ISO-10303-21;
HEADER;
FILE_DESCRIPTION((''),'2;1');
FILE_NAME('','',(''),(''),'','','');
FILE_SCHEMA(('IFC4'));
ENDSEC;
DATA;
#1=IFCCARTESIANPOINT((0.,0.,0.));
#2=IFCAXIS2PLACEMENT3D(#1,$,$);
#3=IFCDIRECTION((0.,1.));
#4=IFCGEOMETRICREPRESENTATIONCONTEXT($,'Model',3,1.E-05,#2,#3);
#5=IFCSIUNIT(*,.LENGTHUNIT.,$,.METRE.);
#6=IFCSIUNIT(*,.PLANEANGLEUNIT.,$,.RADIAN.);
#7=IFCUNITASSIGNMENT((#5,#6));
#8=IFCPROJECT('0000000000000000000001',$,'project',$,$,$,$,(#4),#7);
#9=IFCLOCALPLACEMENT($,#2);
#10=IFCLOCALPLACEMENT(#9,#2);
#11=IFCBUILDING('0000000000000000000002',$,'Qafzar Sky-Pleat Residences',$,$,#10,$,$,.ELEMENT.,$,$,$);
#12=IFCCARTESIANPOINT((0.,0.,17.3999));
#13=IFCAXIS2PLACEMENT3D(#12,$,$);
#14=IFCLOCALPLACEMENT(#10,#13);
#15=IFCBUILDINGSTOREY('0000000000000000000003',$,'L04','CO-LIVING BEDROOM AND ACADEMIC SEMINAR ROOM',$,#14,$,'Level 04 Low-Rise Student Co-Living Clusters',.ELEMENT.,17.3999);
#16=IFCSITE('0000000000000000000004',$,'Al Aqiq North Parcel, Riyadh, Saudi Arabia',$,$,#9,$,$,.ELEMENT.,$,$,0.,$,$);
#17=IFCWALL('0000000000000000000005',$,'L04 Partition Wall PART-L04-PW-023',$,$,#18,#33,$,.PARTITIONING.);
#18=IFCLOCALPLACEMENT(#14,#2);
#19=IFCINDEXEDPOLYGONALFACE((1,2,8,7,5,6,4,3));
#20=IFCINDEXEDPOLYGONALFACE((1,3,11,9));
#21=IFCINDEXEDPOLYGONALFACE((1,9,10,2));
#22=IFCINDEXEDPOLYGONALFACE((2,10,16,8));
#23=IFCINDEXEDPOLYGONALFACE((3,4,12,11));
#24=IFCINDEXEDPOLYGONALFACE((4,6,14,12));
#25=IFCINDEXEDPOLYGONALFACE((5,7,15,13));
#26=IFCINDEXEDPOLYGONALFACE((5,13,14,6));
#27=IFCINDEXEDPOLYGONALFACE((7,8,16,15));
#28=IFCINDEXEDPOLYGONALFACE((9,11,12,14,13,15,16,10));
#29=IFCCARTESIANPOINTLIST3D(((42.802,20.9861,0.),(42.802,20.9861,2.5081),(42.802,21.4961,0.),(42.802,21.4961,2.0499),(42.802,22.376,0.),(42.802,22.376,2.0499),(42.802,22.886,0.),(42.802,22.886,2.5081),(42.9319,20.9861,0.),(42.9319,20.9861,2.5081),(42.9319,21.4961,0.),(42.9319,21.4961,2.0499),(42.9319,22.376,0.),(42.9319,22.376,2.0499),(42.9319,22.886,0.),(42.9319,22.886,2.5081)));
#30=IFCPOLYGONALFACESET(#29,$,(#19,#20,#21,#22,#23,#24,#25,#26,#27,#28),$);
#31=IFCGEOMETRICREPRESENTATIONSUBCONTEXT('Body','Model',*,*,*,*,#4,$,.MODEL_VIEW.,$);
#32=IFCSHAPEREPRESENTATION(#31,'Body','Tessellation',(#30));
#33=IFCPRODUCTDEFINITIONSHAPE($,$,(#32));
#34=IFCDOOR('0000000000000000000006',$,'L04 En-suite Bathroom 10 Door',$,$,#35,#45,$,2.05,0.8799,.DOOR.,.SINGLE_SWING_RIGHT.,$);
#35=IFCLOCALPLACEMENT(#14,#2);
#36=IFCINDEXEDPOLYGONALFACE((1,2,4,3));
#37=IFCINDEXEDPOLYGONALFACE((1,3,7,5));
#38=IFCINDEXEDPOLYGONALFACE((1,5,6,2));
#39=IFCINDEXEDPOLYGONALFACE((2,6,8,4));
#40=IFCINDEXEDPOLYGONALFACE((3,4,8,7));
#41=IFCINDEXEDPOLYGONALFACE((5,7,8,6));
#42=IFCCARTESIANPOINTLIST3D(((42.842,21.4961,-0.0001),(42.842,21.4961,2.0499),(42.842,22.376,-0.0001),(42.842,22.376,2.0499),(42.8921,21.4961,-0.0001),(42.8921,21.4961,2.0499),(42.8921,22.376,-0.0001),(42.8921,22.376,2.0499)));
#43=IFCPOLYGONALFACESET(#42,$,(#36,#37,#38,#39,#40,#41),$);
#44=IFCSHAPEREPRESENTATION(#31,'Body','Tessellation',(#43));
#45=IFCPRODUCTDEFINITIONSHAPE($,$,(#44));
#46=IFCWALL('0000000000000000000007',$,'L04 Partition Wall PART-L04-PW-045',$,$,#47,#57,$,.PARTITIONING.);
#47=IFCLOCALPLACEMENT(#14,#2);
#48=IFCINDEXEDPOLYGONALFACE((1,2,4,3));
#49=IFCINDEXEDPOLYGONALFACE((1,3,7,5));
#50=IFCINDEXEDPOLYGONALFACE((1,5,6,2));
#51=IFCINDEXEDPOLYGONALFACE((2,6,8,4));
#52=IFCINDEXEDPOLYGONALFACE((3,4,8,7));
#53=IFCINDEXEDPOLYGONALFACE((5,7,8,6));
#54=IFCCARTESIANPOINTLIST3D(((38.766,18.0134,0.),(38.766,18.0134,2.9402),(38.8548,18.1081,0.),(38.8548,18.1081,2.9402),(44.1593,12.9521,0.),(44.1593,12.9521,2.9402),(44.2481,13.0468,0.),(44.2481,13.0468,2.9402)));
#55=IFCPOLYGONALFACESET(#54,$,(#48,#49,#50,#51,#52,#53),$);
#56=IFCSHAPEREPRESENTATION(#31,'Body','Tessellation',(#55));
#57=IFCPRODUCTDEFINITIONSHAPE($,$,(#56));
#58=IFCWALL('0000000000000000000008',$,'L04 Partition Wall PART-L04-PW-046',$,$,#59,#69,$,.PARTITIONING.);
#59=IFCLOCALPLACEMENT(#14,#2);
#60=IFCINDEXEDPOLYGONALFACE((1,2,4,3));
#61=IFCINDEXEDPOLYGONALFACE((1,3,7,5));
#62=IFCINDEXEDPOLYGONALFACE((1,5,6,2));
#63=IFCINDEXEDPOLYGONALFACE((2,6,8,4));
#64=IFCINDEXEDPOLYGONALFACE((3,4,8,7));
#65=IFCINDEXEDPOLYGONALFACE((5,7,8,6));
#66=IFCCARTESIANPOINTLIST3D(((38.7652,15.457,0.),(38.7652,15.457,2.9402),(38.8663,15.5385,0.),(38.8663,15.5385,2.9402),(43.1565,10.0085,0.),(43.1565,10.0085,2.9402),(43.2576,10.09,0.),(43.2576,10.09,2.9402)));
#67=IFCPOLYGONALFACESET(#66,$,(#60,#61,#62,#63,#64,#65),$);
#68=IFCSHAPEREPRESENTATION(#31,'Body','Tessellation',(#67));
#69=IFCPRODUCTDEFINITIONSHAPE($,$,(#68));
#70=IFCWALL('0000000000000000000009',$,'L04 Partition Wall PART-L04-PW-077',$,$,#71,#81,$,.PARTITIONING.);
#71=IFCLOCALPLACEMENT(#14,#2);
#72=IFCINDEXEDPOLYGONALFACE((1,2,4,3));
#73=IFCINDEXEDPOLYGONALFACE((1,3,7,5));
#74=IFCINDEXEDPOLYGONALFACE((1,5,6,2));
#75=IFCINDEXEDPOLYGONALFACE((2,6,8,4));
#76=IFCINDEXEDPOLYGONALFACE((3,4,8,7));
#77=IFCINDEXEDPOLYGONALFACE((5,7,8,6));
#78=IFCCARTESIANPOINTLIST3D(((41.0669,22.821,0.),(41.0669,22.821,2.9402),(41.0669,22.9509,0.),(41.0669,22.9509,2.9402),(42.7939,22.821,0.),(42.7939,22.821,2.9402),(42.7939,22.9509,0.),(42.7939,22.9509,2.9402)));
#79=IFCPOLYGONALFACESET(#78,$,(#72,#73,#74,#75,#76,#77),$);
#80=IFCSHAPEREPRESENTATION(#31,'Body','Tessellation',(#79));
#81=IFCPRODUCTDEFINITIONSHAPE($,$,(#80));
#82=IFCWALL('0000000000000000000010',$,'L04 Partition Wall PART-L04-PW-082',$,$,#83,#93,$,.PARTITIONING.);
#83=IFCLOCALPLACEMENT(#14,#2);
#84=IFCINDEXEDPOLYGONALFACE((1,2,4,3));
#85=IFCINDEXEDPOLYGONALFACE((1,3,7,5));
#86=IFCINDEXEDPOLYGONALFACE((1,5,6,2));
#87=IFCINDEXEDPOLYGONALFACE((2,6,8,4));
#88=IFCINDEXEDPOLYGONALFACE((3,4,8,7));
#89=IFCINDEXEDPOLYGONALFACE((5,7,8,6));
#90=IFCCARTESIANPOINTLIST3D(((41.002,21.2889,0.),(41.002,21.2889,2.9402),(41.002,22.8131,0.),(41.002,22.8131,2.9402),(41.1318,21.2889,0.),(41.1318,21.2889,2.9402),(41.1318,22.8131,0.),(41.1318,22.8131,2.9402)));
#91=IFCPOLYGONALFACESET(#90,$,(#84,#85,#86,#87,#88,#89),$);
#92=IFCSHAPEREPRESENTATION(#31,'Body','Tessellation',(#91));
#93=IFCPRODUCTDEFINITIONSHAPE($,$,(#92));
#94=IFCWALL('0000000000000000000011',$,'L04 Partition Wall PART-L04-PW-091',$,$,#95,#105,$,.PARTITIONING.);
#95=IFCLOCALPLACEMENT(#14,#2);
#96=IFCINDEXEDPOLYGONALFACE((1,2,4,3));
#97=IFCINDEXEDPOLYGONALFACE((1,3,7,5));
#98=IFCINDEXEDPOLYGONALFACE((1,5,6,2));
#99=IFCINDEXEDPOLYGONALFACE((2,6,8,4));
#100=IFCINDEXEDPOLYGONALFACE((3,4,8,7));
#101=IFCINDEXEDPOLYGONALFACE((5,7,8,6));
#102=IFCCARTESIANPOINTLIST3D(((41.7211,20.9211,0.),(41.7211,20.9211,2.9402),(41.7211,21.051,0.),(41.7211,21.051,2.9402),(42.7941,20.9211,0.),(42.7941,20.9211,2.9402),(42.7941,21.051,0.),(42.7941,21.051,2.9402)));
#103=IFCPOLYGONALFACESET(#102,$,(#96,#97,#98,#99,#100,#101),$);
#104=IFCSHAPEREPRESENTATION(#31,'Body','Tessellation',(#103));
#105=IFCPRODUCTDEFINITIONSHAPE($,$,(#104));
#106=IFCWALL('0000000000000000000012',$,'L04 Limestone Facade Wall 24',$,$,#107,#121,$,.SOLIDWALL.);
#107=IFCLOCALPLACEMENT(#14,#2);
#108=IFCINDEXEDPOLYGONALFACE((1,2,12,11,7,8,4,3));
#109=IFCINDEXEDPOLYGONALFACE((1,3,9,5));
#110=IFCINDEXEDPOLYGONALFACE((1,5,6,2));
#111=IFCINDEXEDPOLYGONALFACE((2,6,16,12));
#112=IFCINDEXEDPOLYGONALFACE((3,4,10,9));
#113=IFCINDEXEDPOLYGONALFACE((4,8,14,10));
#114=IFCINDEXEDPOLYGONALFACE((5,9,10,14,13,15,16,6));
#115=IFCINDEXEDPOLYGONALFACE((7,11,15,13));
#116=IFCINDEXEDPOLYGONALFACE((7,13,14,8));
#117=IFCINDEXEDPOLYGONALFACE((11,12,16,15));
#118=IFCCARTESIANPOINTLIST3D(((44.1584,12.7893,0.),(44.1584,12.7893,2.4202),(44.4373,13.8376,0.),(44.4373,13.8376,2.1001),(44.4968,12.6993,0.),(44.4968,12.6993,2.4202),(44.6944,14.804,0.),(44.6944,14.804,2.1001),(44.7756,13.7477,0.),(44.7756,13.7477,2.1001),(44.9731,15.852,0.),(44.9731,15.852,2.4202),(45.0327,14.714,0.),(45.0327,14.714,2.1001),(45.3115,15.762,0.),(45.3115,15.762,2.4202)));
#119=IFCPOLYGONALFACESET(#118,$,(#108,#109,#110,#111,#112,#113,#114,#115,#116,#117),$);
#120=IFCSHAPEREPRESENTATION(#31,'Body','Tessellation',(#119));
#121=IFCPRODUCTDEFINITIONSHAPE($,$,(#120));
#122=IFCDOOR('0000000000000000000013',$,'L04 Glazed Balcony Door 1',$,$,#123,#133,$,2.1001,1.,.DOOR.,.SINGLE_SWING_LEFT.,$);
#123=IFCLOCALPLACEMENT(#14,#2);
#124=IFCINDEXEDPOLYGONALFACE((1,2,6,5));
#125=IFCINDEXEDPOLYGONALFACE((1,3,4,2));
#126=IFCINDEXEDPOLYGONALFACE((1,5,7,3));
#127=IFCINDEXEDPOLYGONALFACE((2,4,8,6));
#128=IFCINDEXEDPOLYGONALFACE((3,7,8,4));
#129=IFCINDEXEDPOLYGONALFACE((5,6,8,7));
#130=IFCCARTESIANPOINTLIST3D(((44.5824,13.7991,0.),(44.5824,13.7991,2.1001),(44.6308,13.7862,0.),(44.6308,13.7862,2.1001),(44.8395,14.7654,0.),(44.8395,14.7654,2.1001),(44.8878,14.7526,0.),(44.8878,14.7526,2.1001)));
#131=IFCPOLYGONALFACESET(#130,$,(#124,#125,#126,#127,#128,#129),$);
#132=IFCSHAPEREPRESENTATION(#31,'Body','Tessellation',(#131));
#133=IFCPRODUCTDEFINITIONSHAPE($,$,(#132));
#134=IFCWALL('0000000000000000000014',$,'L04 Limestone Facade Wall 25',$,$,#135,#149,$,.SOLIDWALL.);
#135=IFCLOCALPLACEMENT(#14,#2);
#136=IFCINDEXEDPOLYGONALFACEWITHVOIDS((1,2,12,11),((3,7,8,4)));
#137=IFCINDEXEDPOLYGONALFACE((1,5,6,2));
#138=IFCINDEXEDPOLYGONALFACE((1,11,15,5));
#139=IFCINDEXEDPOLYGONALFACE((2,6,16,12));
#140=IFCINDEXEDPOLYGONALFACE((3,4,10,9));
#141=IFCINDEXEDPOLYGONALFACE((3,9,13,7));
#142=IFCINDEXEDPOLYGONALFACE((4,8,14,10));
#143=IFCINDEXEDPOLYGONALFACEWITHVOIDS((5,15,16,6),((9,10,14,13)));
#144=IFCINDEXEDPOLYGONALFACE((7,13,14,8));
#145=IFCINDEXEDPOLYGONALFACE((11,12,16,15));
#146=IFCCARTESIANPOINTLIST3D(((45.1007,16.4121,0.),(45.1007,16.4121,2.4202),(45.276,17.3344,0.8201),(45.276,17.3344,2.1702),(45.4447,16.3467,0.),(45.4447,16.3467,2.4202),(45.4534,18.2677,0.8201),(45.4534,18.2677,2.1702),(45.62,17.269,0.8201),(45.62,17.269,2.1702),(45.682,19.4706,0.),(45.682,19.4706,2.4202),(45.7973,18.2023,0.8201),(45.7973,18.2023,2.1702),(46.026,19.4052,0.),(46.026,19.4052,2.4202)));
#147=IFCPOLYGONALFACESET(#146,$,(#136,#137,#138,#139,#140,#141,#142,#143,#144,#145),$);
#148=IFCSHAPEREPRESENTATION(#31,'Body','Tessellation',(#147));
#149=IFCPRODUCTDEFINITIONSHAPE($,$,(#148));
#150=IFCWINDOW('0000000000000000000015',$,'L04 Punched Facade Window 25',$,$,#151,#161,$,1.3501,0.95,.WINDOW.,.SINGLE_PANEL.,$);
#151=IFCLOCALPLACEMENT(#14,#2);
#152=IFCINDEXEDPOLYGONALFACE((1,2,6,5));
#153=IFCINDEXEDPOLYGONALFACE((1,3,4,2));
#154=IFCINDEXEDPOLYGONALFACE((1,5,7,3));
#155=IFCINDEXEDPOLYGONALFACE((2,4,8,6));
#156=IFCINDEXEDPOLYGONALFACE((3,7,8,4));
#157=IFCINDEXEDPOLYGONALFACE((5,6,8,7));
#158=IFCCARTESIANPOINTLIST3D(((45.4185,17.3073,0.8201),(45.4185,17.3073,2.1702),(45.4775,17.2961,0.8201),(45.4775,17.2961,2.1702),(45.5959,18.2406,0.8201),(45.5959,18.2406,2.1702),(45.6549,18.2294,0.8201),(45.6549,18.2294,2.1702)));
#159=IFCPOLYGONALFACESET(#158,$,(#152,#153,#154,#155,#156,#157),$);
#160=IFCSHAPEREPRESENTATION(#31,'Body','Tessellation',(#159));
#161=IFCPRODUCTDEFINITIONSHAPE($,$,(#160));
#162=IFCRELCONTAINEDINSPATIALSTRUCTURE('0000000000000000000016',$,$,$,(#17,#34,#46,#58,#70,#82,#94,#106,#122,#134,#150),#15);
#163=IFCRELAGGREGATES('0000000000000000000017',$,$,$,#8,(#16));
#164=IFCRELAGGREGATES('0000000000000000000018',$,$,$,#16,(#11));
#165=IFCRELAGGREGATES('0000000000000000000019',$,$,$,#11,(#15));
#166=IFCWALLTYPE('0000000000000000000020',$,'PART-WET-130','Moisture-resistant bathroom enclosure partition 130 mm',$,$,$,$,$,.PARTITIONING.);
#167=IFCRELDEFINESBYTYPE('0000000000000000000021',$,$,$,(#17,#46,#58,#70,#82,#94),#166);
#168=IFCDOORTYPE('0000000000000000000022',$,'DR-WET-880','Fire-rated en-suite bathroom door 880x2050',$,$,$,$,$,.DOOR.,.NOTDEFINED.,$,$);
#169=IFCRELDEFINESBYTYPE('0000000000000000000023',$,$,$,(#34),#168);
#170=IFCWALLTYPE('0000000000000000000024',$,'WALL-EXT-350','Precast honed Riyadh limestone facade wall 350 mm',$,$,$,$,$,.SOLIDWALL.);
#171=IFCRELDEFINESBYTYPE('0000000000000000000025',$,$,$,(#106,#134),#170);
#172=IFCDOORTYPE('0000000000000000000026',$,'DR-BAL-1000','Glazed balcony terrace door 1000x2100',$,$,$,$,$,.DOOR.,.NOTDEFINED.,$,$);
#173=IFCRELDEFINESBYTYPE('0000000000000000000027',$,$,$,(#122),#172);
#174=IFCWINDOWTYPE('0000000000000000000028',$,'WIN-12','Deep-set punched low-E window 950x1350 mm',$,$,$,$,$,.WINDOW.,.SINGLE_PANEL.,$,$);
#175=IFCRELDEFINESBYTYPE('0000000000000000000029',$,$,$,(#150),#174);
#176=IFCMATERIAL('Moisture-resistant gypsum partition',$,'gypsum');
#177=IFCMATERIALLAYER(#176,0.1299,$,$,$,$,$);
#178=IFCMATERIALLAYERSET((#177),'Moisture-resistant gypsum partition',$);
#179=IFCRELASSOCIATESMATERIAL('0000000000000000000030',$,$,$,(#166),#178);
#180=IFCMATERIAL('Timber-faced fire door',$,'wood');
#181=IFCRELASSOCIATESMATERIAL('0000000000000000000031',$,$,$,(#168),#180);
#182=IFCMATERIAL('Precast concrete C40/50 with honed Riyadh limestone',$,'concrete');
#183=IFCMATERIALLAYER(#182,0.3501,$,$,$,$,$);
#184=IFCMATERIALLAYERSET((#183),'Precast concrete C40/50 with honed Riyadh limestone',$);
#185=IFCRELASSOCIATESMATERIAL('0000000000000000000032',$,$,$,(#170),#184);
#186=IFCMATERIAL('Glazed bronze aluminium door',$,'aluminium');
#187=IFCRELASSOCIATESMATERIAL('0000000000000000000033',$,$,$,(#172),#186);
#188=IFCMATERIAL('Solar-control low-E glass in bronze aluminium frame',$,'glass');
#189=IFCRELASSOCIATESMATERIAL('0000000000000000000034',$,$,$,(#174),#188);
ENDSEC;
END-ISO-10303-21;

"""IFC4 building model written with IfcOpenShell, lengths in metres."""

from ifc_helpers import new_model, si_unit, direction, frame, frame_2d, origin, place, context, subcontext, project, spatial, rectangle, extrude, source, transform, mapped, material, layer, layer_set, type_object, element, fill, save


model = new_model("IFC4")

# Units and contexts
model_context = context("Model", 3, precision=1e-05, world=origin(), true_north=direction((0.0, 1.0)))
body_context = subcontext(model_context, "Body", "Model", "MODEL_VIEW")
ifc_project = project(units=[si_unit("LENGTHUNIT", "METRE"), si_unit("PLANEANGLEUNIT", "RADIAN")], contexts=[model_context])

# Site, building, storey
site_placement = place(None, origin())
site = spatial("IfcSite", under=ifc_project, at=site_placement, Name="Al Aqiq North Parcel, Riyadh, Saudi Arabia", CompositionType="ELEMENT", RefElevation=0.0)
building_placement = place(site_placement, origin())
building = spatial("IfcBuilding", under=site, at=building_placement, Name="Qafzar Sky-Pleat Residences", CompositionType="ELEMENT")
storey_placement = place(building_placement, frame((0.0, 0.0, 17.3999)))
storey = spatial("IfcBuildingStorey", under=building, at=storey_placement, Name="L04", Description="CO-LIVING BEDROOM AND ACADEMIC SEMINAR ROOM", LongName="Level 04 Low-Rise Student Co-Living Clusters", CompositionType="ELEMENT", Elevation=17.3999)

# Wall, opening, door
ifc_material_1 = material(Name="Moisture-resistant gypsum partition", Category="gypsum")
ifc_layer_1 = layer(ifc_material_1, 0.1299)
ifc_layer_set_1 = layer_set([ifc_layer_1], Name="Moisture-resistant gypsum partition")
wall_type_1 = type_object("IfcWallType", Name="PART-WET-130", Description="Moisture-resistant bathroom enclosure partition 130 mm", PredefinedType="PARTITIONING", material=ifc_layer_set_1)
wall_1_placement = place(storey_placement, frame((42.8669, 20.9861, 0.0), z_axis=(0.0, 0.0, 1.0), x_axis=(0.0, 1.0, 0.0)))
wall_1 = element("IfcWall", 1, at=wall_1_placement, inside=storey, type_object=wall_type_1, Name="L04 Partition Wall PART-L04-PW-023", PredefinedType="PARTITIONING", context=body_context, shape_type="SweptSolid", body=[
    extrude(rectangle(XDim=1.8999, YDim=0.1299, at=frame_2d((0.95, 0.0))), origin(), (0.0, 0.0, 1.0), 2.5081),
])
opening_1_placement = place(wall_1_placement, frame((0.51, 0.0, 0.0)))
opening_1 = element("IfcOpeningElement", 2, at=opening_1_placement, cuts=wall_1, PredefinedType="OPENING", context=body_context, shape_type="SweptSolid", body=[
    extrude(rectangle(XDim=0.8799, YDim=2.05, at=frame_2d((0.4399, 1.0249))), frame((0.0, 0.075, 0.0), z_axis=(0.0, -1.0, 0.0), x_axis=(1.0, 0.0, 0.0)), (0.0, 0.0, 1.0), 0.1499),
])
ifc_material_2 = material(Name="Timber-faced fire door", Category="wood")
door_type_1 = type_object("IfcDoorType", Name="DR-WET-880", Description="Fire-rated en-suite bathroom door 880x2050", OperationType="NOTDEFINED", PredefinedType="DOOR", material=ifc_material_2)
shared_shape_1 = source(origin(), body_context, "Body", "SweptSolid", [
    extrude(rectangle(XDim=0.8799, YDim=2.05, at=frame_2d((0.4399, 1.0249))), frame((0.0, 0.0249, 0.0), z_axis=(0.0, -1.0, 0.0), x_axis=(1.0, 0.0, 0.0)), (0.0, 0.0, 1.0), 0.05),
])
door_1_placement = place(opening_1_placement, origin())
door_1 = element("IfcDoor", 3, at=door_1_placement, inside=storey, type_object=door_type_1, Name="L04 En-suite Bathroom 10 Door", OperationType="SINGLE_SWING_RIGHT", OverallHeight=2.05, OverallWidth=0.8799, PredefinedType="DOOR", context=body_context, shape_type="MappedRepresentation", body=[
    mapped(shared_shape_1, transform((0.0, 0.0, 0.0), x_axis=(1.0, 0.0, 0.0), y_axis=(0.0, 1.0, 0.0), z_axis=(0.0, 0.0, 1.0), scale=1.0)),
])
fill(opening_1, door_1)

# Walls
wall_2_placement = place(storey_placement, frame((38.8103, 18.0608, 0.0), z_axis=(0.0, 0.0, 1.0), x_axis=(0.729196, -0.684304, 0.0)))
element("IfcWall", 4, at=wall_2_placement, inside=storey, type_object=wall_type_1, Name="L04 Partition Wall PART-L04-PW-045", PredefinedType="PARTITIONING", context=body_context, shape_type="SweptSolid", body=[
    extrude(rectangle(XDim=7.3962, YDim=0.1299, at=frame_2d((3.6982, 0.0))), origin(), (0.0, 0.0, 1.0), 2.9402),
])
wall_3_placement = place(storey_placement, frame((38.8157, 15.4978, 0.0), z_axis=(0.0, 0.0, 1.0), x_axis=(0.627529, -0.778593, 0.0)))
element("IfcWall", 5, at=wall_3_placement, inside=storey, type_object=wall_type_1, Name="L04 Partition Wall PART-L04-PW-046", PredefinedType="PARTITIONING", context=body_context, shape_type="SweptSolid", body=[
    extrude(rectangle(XDim=6.9978, YDim=0.1299, at=frame_2d((3.499, 0.0))), origin(), (0.0, 0.0, 1.0), 2.9402),
])
wall_4_placement = place(storey_placement, frame((41.0669, 22.886, 0.0), z_axis=(0.0, 0.0, 1.0), x_axis=(1.0, 0.0, 0.0)))
element("IfcWall", 6, at=wall_4_placement, inside=storey, type_object=wall_type_1, Name="L04 Partition Wall PART-L04-PW-077", PredefinedType="PARTITIONING", context=body_context, shape_type="SweptSolid", body=[
    extrude(rectangle(XDim=1.7271, YDim=0.1299, at=frame_2d((0.8635, 0.0))), origin(), (0.0, 0.0, 1.0), 2.9402),
])
wall_5_placement = place(storey_placement, frame((41.0669, 21.2888, 0.0), z_axis=(0.0, 0.0, 1.0), x_axis=(0.0, 1.0, 0.0)))
element("IfcWall", 7, at=wall_5_placement, inside=storey, type_object=wall_type_1, Name="L04 Partition Wall PART-L04-PW-082", PredefinedType="PARTITIONING", context=body_context, shape_type="SweptSolid", body=[
    extrude(rectangle(XDim=1.5242, YDim=0.1299, at=frame_2d((0.7622, 0.0))), origin(), (0.0, 0.0, 1.0), 2.9402),
])
wall_6_placement = place(storey_placement, frame((41.7209, 20.9861, 0.0), z_axis=(0.0, 0.0, 1.0), x_axis=(1.0, 0.0, 0.0)))
element("IfcWall", 8, at=wall_6_placement, inside=storey, type_object=wall_type_1, Name="L04 Partition Wall PART-L04-PW-091", PredefinedType="PARTITIONING", context=body_context, shape_type="SweptSolid", body=[
    extrude(rectangle(XDim=1.073, YDim=0.1299, at=frame_2d((0.5366, 0.0))), origin(), (0.0, 0.0, 1.0), 2.9402),
])

# Wall, opening, door
ifc_material_3 = material(Name="Precast concrete C40/50 with honed Riyadh limestone", Category="concrete")
ifc_layer_2 = layer(ifc_material_3, 0.3501)
ifc_layer_set_2 = layer_set([ifc_layer_2], Name="Precast concrete C40/50 with honed Riyadh limestone")
wall_type_2 = type_object("IfcWallType", Name="WALL-EXT-350", Description="Precast honed Riyadh limestone facade wall 350 mm", PredefinedType="SOLIDWALL", material=ifc_layer_set_2)
wall_7_placement = place(storey_placement, frame((44.3276, 12.7444, 0.0), z_axis=(0.0, 0.0, 1.0), x_axis=(0.257063, 0.966395, 0.0)))
wall_7 = element("IfcWall", 9, at=wall_7_placement, inside=storey, type_object=wall_type_2, Name="L04 Limestone Facade Wall 24", PredefinedType="SOLIDWALL", context=body_context, shape_type="SweptSolid", body=[
    extrude(rectangle(XDim=3.1692, YDim=0.3501, at=frame_2d((1.5845, 0.0))), origin(), (0.0, 0.0, 1.0), 2.4202),
])
opening_2_placement = place(wall_7_placement, frame((1.0847, 0.0, 0.0)))
opening_2 = element("IfcOpeningElement", 10, at=opening_2_placement, cuts=wall_7, PredefinedType="OPENING", context=body_context, shape_type="SweptSolid", body=[
    extrude(rectangle(XDim=1.0, YDim=2.1001, at=frame_2d((0.5, 1.05))), frame((0.0, 0.1851, 0.0), z_axis=(0.0, -1.0, 0.0), x_axis=(1.0, 0.0, 0.0)), (0.0, 0.0, 1.0), 0.3701),
])
ifc_material_4 = material(Name="Glazed bronze aluminium door", Category="aluminium")
door_type_2 = type_object("IfcDoorType", Name="DR-BAL-1000", Description="Glazed balcony terrace door 1000x2100", OperationType="NOTDEFINED", PredefinedType="DOOR", material=ifc_material_4)
shared_shape_2 = source(origin(), body_context, "Body", "SweptSolid", [
    extrude(rectangle(XDim=1.0, YDim=2.1001, at=frame_2d((0.5, 1.05))), frame((0.0, 0.0249, 0.0), z_axis=(0.0, -1.0, 0.0), x_axis=(1.0, 0.0, 0.0)), (0.0, 0.0, 1.0), 0.05),
])
door_2_placement = place(opening_2_placement, origin())
door_2 = element("IfcDoor", 11, at=door_2_placement, inside=storey, type_object=door_type_2, Name="L04 Glazed Balcony Door 1", OperationType="SINGLE_SWING_LEFT", OverallHeight=2.1001, OverallWidth=1.0, PredefinedType="DOOR", context=body_context, shape_type="MappedRepresentation", body=[
    mapped(shared_shape_2, transform((0.0, 0.0, 0.0), x_axis=(1.0, 0.0, 0.0), y_axis=(0.0, 1.0, 0.0), z_axis=(0.0, 0.0, 1.0), scale=1.0)),
])
fill(opening_2, door_2)

# Wall, opening, window
wall_8_placement = place(storey_placement, frame((45.2727, 16.3794, 0.0), z_axis=(0.0, 0.0, 1.0), x_axis=(0.186712, 0.982415, 0.0)))
wall_8 = element("IfcWall", 12, at=wall_8_placement, inside=storey, type_object=wall_type_2, Name="L04 Limestone Facade Wall 25", PredefinedType="SOLIDWALL", context=body_context, shape_type="SweptSolid", body=[
    extrude(rectangle(XDim=3.1133, YDim=0.3501, at=frame_2d((1.5566, 0.0))), origin(), (0.0, 0.0, 1.0), 2.4202),
])
opening_3_placement = place(wall_8_placement, frame((0.9387, 0.0, 0.8201)))
opening_3 = element("IfcOpeningElement", 13, at=opening_3_placement, cuts=wall_8, PredefinedType="OPENING", context=body_context, shape_type="SweptSolid", body=[
    extrude(rectangle(XDim=0.95, YDim=1.3501, at=frame_2d((0.4751, 0.675))), frame((0.0, 0.1851, 0.0), z_axis=(0.0, -1.0, 0.0), x_axis=(1.0, 0.0, 0.0)), (0.0, 0.0, 1.0), 0.3701),
])
ifc_material_5 = material(Name="Solar-control low-E glass in bronze aluminium frame", Category="glass")
window_type_1 = type_object("IfcWindowType", Name="WIN-12", Description="Deep-set punched low-E window 950x1350 mm", PartitioningType="SINGLE_PANEL", PredefinedType="WINDOW", material=ifc_material_5)
shared_shape_3 = source(origin(), body_context, "Body", "SweptSolid", [
    extrude(rectangle(XDim=0.95, YDim=1.3501, at=frame_2d((0.4751, 0.675))), frame((0.0, 0.03, 0.0), z_axis=(0.0, -1.0, 0.0), x_axis=(1.0, 0.0, 0.0)), (0.0, 0.0, 1.0), 0.0601),
])
window_1_placement = place(opening_3_placement, origin())
window_1 = element("IfcWindow", 14, at=window_1_placement, inside=storey, type_object=window_type_1, Name="L04 Punched Facade Window 25", OverallHeight=1.3501, OverallWidth=0.95, PartitioningType="SINGLE_PANEL", PredefinedType="WINDOW", context=body_context, shape_type="MappedRepresentation", body=[
    mapped(shared_shape_3, transform((0.0, 0.0, 0.0), x_axis=(1.0, 0.0, 0.0), y_axis=(0.0, 1.0, 0.0), z_axis=(0.0, 0.0, 1.0), scale=1.0)),
])
fill(opening_3, window_1)

save(model, "model.ifc")
